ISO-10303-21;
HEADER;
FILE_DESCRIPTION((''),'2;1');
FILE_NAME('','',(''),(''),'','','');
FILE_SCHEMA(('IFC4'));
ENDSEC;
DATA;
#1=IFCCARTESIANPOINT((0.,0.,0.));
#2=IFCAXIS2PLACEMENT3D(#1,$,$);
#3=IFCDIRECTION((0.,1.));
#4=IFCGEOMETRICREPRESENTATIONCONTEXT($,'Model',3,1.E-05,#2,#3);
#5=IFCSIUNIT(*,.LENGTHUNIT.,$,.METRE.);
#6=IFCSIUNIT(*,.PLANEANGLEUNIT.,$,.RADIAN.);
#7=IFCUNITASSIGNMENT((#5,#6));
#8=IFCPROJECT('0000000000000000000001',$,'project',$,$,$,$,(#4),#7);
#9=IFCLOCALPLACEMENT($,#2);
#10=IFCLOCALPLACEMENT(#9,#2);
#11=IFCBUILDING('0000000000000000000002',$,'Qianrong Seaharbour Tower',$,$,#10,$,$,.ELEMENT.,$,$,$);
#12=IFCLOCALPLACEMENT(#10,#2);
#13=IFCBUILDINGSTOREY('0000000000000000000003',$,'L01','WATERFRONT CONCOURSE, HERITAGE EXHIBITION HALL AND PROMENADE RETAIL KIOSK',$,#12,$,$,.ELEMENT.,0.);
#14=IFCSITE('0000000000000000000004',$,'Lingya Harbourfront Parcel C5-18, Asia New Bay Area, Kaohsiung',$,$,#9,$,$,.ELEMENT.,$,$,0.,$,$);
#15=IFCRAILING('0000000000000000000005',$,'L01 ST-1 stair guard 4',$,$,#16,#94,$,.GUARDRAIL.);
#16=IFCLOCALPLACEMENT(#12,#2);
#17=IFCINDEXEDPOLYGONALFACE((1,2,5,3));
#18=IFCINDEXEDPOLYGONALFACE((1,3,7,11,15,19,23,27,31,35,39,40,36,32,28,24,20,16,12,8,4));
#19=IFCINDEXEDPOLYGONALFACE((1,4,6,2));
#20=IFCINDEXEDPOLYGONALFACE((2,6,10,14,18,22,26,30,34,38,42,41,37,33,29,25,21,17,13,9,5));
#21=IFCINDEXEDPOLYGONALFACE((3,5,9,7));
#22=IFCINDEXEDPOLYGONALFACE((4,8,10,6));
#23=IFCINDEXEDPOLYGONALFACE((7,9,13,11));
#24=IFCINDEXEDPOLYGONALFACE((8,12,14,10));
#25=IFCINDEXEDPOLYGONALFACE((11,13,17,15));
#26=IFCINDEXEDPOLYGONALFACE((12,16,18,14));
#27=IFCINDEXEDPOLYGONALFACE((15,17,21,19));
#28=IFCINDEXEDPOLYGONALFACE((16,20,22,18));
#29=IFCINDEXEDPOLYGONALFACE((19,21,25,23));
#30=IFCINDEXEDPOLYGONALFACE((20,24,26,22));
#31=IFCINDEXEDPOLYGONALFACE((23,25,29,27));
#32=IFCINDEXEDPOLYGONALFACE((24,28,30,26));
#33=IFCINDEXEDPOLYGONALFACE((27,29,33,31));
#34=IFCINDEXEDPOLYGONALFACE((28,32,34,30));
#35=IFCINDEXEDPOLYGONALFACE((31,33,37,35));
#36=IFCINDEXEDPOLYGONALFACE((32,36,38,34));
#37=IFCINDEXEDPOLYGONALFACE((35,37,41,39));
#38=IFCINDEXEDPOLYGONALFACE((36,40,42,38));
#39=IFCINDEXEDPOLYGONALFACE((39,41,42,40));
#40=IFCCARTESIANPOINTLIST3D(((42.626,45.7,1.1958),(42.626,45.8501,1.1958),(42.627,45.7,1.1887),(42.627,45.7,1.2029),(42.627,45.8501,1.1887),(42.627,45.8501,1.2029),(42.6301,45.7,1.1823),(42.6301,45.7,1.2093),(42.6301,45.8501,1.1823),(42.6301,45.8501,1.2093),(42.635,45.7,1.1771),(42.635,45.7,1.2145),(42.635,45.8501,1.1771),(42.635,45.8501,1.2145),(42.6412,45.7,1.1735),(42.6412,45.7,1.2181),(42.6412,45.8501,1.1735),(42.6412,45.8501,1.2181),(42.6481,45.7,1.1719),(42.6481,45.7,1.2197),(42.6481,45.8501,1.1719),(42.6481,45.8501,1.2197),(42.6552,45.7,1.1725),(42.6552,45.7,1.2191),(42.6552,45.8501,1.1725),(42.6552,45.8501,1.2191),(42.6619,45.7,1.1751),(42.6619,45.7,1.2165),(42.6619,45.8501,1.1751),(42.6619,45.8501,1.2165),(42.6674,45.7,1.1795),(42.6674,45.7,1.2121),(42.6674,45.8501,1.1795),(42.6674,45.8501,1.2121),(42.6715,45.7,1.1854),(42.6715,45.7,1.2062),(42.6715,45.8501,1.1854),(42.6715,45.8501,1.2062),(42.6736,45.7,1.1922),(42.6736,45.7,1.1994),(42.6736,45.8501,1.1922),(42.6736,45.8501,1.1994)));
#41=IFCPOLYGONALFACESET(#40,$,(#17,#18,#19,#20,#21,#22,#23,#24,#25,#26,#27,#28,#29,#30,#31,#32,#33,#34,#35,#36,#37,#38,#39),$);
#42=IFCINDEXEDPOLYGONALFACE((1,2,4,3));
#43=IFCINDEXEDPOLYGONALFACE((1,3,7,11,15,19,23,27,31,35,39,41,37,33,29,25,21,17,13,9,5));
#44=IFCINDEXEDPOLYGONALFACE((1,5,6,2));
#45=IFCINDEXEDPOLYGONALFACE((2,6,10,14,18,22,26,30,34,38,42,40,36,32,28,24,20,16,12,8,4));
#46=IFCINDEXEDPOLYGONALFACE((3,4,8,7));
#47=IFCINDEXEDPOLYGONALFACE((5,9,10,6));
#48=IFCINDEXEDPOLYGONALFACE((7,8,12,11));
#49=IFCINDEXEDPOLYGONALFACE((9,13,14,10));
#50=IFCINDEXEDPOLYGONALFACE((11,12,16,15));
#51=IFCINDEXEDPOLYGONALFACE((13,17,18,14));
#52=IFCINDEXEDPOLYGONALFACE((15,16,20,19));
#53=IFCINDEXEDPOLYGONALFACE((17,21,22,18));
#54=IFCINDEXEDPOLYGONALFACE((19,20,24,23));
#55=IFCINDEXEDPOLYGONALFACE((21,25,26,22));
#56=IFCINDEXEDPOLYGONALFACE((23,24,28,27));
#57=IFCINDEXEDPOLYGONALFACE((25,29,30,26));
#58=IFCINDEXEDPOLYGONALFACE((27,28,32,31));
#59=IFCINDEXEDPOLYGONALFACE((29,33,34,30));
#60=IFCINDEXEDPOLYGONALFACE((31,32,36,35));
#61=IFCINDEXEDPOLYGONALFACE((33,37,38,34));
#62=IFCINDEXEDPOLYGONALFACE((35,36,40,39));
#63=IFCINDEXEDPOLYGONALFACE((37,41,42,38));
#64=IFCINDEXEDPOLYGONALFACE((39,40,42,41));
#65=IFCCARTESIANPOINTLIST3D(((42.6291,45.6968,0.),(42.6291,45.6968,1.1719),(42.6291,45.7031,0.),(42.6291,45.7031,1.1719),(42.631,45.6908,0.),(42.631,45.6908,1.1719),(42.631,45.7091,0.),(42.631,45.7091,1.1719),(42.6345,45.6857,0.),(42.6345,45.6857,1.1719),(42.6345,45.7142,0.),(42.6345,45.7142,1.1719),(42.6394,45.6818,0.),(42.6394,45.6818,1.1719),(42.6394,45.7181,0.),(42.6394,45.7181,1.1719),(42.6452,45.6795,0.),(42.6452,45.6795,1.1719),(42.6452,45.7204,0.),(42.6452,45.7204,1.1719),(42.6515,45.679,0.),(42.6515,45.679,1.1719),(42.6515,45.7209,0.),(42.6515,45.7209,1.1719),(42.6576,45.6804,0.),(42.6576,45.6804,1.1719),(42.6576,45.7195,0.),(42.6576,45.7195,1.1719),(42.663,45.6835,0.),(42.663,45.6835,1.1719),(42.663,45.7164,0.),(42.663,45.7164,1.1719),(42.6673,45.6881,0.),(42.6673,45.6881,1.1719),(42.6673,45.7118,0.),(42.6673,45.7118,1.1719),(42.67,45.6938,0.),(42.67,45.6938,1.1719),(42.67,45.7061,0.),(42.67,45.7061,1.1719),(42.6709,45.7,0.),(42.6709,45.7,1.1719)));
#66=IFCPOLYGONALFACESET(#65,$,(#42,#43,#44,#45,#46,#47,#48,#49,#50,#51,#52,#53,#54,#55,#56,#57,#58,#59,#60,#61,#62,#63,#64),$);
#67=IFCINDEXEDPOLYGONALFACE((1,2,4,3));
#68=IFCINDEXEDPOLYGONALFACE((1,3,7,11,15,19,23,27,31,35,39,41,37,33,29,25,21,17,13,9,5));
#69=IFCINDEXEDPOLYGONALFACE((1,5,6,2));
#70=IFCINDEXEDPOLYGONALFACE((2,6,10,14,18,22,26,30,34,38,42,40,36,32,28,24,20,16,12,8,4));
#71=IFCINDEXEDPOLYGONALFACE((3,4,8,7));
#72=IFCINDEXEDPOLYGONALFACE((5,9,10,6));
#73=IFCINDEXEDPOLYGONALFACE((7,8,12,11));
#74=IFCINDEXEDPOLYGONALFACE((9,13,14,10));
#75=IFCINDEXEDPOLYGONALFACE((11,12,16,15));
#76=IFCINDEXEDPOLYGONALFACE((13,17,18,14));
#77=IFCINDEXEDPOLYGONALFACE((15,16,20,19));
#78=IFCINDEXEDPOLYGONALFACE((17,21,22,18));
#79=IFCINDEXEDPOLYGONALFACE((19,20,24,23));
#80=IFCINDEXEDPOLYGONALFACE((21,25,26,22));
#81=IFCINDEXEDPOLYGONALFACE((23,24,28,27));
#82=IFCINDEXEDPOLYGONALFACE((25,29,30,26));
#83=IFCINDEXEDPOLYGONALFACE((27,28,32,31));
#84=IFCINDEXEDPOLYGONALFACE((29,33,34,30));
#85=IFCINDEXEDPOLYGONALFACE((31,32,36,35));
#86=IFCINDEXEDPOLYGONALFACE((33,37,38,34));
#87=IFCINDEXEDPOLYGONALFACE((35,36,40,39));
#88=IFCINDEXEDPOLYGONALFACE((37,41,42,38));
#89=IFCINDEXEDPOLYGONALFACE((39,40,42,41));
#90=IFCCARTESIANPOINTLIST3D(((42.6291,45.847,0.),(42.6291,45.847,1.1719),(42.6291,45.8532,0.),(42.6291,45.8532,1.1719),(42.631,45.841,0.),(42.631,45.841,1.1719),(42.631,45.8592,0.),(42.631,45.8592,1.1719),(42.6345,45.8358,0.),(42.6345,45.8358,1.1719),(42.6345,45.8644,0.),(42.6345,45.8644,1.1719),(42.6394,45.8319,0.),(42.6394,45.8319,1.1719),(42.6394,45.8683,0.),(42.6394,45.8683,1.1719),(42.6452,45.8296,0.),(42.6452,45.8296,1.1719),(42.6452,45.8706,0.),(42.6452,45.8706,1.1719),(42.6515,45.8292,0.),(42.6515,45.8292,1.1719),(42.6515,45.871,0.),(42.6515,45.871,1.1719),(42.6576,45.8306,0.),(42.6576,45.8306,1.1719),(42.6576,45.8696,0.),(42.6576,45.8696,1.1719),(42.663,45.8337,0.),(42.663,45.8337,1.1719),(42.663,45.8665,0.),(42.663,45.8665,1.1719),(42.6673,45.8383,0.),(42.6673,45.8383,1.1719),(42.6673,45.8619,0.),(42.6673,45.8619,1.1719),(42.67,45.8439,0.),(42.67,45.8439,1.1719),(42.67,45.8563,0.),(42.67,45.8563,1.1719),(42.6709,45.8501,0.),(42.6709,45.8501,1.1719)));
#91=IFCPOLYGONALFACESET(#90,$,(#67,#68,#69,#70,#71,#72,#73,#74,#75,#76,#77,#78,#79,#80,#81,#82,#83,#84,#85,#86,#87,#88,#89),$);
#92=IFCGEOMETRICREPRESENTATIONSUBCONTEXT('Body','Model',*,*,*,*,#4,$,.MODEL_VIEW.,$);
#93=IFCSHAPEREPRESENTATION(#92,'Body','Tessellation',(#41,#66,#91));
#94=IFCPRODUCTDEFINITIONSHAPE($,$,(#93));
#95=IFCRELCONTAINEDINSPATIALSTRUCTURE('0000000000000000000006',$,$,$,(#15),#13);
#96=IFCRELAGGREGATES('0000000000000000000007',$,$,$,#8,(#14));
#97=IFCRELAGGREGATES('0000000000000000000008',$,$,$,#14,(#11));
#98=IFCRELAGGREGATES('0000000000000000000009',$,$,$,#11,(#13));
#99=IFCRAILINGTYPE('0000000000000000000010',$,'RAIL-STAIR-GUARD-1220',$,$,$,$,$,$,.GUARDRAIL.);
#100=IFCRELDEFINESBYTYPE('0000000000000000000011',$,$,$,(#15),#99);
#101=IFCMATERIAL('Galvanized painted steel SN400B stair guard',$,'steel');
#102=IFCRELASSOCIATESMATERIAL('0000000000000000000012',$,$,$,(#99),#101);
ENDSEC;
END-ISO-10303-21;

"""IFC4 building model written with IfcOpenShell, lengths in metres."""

from ifc_helpers import new_model, si_unit, direction, frame, origin, origin_2d, place, context, subcontext, project, spatial, circle, extrude, material, type_object, element, save


model = new_model("IFC4")

# Units and contexts
model_context = context("Model", 3, precision=1e-05, world=origin(), true_north=direction((0.0, 1.0)))
body_context = subcontext(model_context, "Body", "Model", "MODEL_VIEW")
ifc_project = project(units=[si_unit("LENGTHUNIT", "METRE"), si_unit("PLANEANGLEUNIT", "RADIAN")], contexts=[model_context])

# Site, building, storey
site_placement = place(None, origin())
site = spatial("IfcSite", under=ifc_project, at=site_placement, Name="Lingya Harbourfront Parcel C5-18, Asia New Bay Area, Kaohsiung", CompositionType="ELEMENT", RefElevation=0.0)
building_placement = place(site_placement, origin())
building = spatial("IfcBuilding", under=site, at=building_placement, Name="Qianrong Seaharbour Tower", CompositionType="ELEMENT")
storey_placement = place(building_placement, origin())
storey = spatial("IfcBuildingStorey", under=building, at=storey_placement, Name="L01", Description="WATERFRONT CONCOURSE, HERITAGE EXHIBITION HALL AND PROMENADE RETAIL KIOSK", CompositionType="ELEMENT", Elevation=0.0)

# Railing
ifc_material_1 = material(Name="Galvanized painted steel SN400B stair guard", Category="steel")
railing_type_1 = type_object("IfcRailingType", Name="RAIL-STAIR-GUARD-1220", PredefinedType="GUARDRAIL", material=ifc_material_1)
railing_1_placement = place(storey_placement, frame((42.6499, 45.7, 0.0)))
element("IfcRailing", 1, at=railing_1_placement, inside=storey, type_object=railing_type_1, Name="L01 ST-1 stair guard 4", PredefinedType="GUARDRAIL", context=body_context, shape_type="SweptSolid", body=[
    extrude(circle(Radius=0.0239, at=origin_2d()), frame((0.0, 0.0, 1.1958), z_axis=(0.0, 1.0, 0.0), x_axis=(-1.0, 0.0, 0.0)), (0.0, 0.0, 1.0), 0.1501),
    extrude(circle(Radius=0.021, at=origin_2d()), origin(), (0.0, 0.0, 1.0), 1.1719),
    extrude(circle(Radius=0.021, at=origin_2d()), frame((0.0, 0.1501, 0.0)), (0.0, 0.0, 1.0), 1.1719),
])

save(model, "model.ifc")
